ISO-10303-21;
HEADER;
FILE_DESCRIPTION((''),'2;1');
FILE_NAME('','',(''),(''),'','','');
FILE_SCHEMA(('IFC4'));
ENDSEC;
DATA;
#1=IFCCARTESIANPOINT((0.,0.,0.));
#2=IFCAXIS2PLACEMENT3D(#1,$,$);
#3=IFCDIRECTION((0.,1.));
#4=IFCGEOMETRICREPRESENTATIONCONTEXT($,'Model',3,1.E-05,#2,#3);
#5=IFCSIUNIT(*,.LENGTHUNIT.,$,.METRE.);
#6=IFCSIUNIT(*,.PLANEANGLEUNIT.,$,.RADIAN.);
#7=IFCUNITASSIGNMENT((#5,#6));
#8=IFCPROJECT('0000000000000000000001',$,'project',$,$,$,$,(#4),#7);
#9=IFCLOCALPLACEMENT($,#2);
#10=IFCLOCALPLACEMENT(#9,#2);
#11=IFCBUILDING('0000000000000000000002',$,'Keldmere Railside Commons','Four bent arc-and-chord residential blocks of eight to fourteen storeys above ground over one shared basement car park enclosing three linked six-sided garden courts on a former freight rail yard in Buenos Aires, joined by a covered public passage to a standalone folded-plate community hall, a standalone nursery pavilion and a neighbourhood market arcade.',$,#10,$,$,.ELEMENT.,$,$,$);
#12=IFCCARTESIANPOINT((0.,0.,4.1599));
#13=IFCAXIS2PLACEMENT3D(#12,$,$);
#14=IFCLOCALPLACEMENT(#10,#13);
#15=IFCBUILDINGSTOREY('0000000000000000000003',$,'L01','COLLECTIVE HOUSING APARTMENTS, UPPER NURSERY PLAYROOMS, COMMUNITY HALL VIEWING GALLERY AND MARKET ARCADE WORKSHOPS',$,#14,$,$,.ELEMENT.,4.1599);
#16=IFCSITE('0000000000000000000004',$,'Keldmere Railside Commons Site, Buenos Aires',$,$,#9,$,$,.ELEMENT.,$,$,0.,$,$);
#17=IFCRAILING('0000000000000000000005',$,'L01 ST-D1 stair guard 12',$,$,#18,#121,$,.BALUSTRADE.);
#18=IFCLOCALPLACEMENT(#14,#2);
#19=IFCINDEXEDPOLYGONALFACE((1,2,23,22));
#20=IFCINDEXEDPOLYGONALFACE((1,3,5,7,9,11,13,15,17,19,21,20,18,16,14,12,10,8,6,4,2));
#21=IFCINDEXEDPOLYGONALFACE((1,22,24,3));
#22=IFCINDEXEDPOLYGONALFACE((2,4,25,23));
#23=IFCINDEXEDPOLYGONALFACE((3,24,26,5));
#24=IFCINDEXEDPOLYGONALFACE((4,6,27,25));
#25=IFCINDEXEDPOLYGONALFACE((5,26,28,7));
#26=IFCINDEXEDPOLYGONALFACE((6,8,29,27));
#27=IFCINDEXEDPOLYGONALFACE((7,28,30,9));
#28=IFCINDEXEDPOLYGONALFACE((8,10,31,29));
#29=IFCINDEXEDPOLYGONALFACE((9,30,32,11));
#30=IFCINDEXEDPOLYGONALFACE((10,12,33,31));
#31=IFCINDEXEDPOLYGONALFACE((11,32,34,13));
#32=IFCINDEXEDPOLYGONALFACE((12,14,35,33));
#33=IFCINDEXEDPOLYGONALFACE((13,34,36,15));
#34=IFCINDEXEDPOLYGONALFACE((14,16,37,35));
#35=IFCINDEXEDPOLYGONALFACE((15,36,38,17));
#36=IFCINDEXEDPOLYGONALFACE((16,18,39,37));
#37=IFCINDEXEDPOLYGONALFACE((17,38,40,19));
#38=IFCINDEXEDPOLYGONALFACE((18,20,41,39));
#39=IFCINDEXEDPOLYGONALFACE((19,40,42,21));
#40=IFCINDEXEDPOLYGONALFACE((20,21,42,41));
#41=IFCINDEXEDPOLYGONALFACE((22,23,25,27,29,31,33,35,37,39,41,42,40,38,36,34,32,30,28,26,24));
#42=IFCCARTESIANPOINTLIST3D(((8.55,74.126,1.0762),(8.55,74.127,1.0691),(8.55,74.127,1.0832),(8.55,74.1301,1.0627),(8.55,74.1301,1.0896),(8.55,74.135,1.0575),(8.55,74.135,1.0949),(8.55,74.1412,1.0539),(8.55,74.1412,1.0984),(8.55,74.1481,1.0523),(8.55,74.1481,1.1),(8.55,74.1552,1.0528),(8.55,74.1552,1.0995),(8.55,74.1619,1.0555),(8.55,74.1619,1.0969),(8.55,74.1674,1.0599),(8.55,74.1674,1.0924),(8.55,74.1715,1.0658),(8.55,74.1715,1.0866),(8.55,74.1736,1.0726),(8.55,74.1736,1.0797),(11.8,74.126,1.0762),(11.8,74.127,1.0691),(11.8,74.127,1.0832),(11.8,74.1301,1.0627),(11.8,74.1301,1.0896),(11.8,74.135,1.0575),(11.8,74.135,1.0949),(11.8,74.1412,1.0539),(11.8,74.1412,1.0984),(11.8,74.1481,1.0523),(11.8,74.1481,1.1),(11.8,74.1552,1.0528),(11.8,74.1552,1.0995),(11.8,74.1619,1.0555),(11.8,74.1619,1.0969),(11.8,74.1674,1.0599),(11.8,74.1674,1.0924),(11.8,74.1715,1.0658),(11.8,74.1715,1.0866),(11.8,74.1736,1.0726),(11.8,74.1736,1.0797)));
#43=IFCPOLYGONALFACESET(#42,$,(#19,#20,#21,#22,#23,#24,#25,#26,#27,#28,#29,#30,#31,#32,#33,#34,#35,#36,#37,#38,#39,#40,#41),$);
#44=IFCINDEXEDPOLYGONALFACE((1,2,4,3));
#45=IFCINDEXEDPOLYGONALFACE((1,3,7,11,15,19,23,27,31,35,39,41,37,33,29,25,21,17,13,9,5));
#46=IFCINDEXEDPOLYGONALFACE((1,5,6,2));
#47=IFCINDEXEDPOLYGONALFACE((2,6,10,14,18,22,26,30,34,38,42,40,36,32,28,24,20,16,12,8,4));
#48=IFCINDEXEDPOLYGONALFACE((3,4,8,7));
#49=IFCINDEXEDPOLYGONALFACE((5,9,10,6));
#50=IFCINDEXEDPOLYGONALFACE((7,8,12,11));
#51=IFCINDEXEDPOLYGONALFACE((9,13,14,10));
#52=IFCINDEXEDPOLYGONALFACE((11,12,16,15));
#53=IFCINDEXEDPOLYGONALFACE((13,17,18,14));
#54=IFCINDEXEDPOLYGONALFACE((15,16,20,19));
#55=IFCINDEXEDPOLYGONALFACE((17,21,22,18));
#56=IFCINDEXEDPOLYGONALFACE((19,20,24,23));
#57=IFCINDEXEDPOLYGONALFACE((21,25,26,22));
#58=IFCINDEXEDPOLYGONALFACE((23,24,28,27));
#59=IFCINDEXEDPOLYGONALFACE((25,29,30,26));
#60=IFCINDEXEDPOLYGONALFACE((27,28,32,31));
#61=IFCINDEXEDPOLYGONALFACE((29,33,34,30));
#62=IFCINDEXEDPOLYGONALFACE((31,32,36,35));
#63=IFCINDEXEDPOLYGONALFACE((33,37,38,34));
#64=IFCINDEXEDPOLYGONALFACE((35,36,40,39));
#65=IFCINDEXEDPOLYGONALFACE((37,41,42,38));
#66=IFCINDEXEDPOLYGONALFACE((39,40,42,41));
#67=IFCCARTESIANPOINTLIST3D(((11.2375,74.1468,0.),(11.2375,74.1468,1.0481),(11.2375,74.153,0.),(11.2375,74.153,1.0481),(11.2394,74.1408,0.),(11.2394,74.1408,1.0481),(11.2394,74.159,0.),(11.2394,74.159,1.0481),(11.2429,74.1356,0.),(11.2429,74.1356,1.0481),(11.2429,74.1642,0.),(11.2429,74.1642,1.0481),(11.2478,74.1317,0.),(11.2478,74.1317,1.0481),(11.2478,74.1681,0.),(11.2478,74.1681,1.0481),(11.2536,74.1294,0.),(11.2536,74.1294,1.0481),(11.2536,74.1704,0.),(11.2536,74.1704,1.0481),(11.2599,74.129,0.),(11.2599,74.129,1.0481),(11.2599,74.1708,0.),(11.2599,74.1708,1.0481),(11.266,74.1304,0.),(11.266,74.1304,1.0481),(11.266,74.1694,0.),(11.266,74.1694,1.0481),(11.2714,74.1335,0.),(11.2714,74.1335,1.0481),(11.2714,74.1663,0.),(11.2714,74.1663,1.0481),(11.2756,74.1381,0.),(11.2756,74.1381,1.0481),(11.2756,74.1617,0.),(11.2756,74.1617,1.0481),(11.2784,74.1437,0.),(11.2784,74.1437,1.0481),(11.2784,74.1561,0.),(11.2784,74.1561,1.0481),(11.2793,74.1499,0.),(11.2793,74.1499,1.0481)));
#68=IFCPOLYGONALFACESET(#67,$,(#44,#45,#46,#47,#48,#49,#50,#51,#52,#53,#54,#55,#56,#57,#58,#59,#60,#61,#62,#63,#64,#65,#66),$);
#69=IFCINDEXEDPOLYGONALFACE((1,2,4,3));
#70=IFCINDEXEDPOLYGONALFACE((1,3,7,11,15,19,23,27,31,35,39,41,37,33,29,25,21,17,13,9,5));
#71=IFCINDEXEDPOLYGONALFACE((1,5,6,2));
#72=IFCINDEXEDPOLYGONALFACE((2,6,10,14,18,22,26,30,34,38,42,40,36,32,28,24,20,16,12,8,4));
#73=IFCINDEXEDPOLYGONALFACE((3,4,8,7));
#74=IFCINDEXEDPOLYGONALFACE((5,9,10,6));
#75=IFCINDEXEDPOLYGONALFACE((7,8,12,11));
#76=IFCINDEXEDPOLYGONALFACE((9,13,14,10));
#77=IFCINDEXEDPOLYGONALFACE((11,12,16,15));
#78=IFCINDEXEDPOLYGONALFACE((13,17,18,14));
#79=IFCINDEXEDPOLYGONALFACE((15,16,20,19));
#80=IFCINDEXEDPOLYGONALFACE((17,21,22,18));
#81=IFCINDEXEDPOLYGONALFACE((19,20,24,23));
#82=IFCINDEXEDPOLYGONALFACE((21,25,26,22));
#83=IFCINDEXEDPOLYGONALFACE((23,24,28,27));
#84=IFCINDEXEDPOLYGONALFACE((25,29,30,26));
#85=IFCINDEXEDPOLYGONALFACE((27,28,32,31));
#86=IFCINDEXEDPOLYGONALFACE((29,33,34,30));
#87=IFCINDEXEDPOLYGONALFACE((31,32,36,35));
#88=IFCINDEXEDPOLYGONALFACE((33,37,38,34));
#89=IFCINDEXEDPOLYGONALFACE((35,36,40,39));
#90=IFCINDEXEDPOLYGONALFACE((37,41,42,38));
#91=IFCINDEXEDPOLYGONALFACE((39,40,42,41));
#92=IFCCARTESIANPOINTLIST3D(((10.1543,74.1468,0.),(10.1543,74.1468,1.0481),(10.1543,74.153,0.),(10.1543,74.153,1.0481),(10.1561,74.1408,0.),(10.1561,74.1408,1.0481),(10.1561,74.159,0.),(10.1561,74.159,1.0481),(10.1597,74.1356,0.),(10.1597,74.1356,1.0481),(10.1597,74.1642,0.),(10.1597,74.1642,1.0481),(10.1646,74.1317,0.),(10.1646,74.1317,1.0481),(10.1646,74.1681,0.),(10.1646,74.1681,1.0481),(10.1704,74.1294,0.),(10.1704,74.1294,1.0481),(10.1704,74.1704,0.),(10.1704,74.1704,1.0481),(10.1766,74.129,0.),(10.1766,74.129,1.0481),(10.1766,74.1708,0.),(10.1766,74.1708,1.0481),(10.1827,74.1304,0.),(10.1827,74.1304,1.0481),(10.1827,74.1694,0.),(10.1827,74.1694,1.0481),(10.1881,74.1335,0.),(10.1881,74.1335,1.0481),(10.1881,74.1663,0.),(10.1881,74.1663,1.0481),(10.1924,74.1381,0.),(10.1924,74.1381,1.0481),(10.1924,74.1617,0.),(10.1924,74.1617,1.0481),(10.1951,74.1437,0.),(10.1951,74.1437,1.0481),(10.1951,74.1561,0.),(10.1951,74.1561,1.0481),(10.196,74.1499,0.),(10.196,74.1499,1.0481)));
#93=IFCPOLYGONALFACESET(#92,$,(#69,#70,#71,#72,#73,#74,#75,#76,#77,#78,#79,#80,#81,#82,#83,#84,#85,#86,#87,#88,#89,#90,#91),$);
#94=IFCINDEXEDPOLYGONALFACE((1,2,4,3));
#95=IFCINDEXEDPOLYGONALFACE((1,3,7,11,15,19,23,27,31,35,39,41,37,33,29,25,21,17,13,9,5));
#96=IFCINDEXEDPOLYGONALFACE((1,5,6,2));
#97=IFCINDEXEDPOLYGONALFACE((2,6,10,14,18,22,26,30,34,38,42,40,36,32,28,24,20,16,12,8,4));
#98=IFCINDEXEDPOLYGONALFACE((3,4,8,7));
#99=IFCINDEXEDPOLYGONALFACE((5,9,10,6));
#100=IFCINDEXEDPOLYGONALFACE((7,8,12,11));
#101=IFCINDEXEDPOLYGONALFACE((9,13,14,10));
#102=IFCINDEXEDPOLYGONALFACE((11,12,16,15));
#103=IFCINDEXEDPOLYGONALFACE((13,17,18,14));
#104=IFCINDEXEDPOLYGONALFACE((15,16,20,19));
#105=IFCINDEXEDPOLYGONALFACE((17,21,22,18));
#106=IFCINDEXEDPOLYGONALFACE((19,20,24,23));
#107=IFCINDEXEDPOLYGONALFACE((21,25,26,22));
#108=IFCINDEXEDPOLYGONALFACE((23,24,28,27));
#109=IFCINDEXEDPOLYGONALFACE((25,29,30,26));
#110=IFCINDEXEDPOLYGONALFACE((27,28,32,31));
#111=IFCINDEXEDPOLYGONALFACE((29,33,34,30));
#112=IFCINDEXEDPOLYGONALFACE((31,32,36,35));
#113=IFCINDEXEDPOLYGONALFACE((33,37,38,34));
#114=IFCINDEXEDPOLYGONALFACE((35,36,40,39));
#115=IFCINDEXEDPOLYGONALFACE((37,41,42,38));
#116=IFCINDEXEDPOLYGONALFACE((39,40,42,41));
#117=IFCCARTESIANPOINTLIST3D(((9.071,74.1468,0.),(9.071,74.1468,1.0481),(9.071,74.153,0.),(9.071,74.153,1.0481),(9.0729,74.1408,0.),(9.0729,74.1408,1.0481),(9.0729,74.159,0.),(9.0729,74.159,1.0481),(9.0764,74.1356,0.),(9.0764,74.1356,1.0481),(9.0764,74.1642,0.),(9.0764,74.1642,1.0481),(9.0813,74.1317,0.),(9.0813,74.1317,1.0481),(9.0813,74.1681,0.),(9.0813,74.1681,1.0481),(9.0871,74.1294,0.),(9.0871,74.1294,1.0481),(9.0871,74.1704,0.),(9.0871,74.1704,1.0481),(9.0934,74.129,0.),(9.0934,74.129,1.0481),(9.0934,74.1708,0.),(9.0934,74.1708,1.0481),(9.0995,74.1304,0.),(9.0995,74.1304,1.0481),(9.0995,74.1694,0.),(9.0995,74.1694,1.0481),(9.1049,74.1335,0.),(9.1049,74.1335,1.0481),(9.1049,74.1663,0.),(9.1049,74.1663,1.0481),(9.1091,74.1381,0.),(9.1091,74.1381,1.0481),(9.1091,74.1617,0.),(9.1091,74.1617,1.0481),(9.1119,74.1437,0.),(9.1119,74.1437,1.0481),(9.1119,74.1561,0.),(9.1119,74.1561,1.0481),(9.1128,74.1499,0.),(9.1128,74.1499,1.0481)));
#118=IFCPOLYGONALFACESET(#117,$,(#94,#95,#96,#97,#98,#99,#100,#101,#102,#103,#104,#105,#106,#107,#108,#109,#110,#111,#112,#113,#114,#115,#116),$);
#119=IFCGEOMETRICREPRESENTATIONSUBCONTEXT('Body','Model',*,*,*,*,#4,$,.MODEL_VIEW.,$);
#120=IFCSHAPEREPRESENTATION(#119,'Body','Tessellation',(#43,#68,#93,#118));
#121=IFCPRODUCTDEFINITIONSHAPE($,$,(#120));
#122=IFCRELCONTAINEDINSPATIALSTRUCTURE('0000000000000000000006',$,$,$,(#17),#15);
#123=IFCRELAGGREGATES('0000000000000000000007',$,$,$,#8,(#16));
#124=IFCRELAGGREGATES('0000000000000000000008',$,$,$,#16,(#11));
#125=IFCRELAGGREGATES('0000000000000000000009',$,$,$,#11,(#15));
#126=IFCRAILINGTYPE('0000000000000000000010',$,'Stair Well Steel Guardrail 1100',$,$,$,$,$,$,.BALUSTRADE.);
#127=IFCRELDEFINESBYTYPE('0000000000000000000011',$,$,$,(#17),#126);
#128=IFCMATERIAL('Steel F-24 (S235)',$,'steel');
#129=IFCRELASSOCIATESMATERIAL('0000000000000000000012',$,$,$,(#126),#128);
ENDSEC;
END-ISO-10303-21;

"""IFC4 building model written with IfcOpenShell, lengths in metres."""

from ifc_helpers import new_model, si_unit, direction, frame, origin, origin_2d, place, context, subcontext, project, spatial, circle, extrude, material, type_object, element, save


model = new_model("IFC4")

# Units and contexts
model_context = context("Model", 3, precision=1e-05, world=origin(), true_north=direction((0.0, 1.0)))
body_context = subcontext(model_context, "Body", "Model", "MODEL_VIEW")
ifc_project = project(units=[si_unit("LENGTHUNIT", "METRE"), si_unit("PLANEANGLEUNIT", "RADIAN")], contexts=[model_context])

# Site, building, storey
site_placement = place(None, origin())
site = spatial("IfcSite", under=ifc_project, at=site_placement, Name="Keldmere Railside Commons Site, Buenos Aires", CompositionType="ELEMENT", RefElevation=0.0)
building_placement = place(site_placement, origin())
building = spatial("IfcBuilding", under=site, at=building_placement, Name="Keldmere Railside Commons", Description="Four bent arc-and-chord residential blocks of eight to fourteen storeys above ground over one shared basement car park enclosing three linked six-sided garden courts on a former freight rail yard in Buenos Aires, joined by a covered public passage to a standalone folded-plate community hall, a standalone nursery pavilion and a neighbourhood market arcade.", CompositionType="ELEMENT")
storey_placement = place(building_placement, frame((0.0, 0.0, 4.1599)))
storey = spatial("IfcBuildingStorey", under=building, at=storey_placement, Name="L01", Description="COLLECTIVE HOUSING APARTMENTS, UPPER NURSERY PLAYROOMS, COMMUNITY HALL VIEWING GALLERY AND MARKET ARCADE WORKSHOPS", CompositionType="ELEMENT", Elevation=4.1599)

# Shared definitions
ifc_material_1 = material(Name="Steel F-24 (S235)", Category="steel")

# Railing
railing_type_1 = type_object("IfcRailingType", Name="Stair Well Steel Guardrail 1100", PredefinedType="BALUSTRADE", material=ifc_material_1)
railing_1_placement = place(storey_placement, frame((11.8, 74.1499, 0.0)))
element("IfcRailing", 1, at=railing_1_placement, inside=storey, type_object=railing_type_1, Name="L01 ST-D1 stair guard 12", PredefinedType="BALUSTRADE", context=body_context, shape_type="SweptSolid", body=[
    extrude(circle(Radius=0.0239, at=origin_2d()), frame((0.0, 0.0, 1.0762), z_axis=(-1.0, 0.0, 0.0), x_axis=(0.0, -1.0, 0.0)), (0.0, 0.0, 1.0), 3.25),
    extrude(circle(Radius=0.021, at=origin_2d()), frame((-0.5417, 0.0, 0.0)), (0.0, 0.0, 1.0), 1.0481),
    extrude(circle(Radius=0.021, at=origin_2d()), frame((-1.625, 0.0, 0.0)), (0.0, 0.0, 1.0), 1.0481),
    extrude(circle(Radius=0.021, at=origin_2d()), frame((-2.7083, 0.0, 0.0)), (0.0, 0.0, 1.0), 1.0481),
])

save(model, "model.ifc")
